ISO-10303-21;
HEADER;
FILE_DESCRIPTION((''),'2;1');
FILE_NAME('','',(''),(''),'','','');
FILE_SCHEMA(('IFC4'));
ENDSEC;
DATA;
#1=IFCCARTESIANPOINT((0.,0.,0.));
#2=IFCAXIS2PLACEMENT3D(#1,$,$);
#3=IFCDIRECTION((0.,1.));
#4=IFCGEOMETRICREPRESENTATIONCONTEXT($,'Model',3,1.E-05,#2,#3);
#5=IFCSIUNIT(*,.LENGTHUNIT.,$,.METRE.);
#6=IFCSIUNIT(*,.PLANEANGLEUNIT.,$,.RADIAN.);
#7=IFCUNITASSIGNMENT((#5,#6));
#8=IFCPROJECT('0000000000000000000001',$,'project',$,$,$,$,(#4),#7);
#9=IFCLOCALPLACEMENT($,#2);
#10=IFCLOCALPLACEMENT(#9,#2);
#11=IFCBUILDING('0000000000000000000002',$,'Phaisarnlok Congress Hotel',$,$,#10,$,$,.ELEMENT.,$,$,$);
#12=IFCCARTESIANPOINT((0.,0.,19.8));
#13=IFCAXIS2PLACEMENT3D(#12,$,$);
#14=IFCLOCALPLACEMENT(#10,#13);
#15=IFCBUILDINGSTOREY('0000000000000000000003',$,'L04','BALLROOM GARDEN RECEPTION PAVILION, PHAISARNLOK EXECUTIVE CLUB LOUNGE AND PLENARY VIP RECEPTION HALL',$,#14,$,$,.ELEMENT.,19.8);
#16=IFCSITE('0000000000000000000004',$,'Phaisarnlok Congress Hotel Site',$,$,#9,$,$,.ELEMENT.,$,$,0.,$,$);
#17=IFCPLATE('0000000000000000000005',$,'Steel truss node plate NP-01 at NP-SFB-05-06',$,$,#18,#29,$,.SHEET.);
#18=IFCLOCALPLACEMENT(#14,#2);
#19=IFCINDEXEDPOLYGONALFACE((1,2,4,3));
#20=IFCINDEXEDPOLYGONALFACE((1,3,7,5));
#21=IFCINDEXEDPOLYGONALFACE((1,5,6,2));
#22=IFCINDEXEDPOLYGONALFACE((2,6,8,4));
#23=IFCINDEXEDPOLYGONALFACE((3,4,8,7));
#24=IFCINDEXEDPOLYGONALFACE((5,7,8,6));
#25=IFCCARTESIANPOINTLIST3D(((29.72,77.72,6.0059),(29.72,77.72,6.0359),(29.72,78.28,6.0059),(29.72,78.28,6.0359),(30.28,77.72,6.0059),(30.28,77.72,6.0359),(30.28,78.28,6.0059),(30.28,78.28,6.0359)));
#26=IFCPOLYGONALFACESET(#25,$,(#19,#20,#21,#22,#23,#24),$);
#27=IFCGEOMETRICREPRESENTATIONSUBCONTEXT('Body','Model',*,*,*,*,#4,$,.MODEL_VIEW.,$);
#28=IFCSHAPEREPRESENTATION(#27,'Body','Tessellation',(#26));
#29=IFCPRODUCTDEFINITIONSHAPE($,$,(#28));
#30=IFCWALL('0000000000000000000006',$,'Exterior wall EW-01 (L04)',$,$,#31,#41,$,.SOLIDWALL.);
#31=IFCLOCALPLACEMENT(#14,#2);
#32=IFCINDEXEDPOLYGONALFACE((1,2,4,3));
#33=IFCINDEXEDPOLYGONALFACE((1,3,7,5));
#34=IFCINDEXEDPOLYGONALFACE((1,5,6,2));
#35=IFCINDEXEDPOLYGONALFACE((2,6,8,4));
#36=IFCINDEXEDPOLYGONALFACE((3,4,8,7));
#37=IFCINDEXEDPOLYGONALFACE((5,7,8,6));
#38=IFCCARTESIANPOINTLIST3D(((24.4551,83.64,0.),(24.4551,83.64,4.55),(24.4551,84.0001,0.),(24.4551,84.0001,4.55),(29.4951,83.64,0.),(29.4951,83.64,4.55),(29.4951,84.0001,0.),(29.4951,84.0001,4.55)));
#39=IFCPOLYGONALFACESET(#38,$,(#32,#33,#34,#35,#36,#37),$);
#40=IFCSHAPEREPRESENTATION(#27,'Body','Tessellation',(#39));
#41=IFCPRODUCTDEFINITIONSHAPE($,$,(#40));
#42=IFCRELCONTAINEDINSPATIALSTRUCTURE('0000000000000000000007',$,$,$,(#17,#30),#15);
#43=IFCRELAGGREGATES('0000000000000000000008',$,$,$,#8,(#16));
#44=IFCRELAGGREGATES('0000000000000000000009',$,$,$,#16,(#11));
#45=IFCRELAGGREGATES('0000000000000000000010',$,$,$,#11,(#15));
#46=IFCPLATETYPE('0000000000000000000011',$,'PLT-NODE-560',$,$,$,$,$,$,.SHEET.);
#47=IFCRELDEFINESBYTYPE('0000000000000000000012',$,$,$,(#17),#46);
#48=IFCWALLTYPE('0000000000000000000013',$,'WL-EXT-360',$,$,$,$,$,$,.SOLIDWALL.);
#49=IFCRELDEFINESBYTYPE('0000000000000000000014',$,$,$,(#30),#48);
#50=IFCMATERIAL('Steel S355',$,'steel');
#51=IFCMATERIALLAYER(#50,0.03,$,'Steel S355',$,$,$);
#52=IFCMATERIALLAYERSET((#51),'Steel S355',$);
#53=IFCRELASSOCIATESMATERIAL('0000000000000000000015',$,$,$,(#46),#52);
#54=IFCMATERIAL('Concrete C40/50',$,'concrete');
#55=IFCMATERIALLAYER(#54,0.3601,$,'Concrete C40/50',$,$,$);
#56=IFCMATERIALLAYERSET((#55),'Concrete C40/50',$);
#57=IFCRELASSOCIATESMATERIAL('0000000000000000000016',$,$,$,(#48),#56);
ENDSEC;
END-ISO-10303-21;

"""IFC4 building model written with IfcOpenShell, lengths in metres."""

from ifc_helpers import new_model, si_unit, direction, frame, frame_2d, origin, origin_2d, place, context, subcontext, project, spatial, rectangle, extrude, material, layer, layer_set, type_object, element, save


model = new_model("IFC4")

# Units and contexts
model_context = context("Model", 3, precision=1e-05, world=origin(), true_north=direction((0.0, 1.0)))
body_context = subcontext(model_context, "Body", "Model", "MODEL_VIEW")
ifc_project = project(units=[si_unit("LENGTHUNIT", "METRE"), si_unit("PLANEANGLEUNIT", "RADIAN")], contexts=[model_context])

# Site, building, storey
site_placement = place(None, origin())
site = spatial("IfcSite", under=ifc_project, at=site_placement, Name="Phaisarnlok Congress Hotel Site", CompositionType="ELEMENT", RefElevation=0.0)
building_placement = place(site_placement, origin())
building = spatial("IfcBuilding", under=site, at=building_placement, Name="Phaisarnlok Congress Hotel", CompositionType="ELEMENT")
storey_placement = place(building_placement, frame((0.0, 0.0, 19.8)))
storey = spatial("IfcBuildingStorey", under=building, at=storey_placement, Name="L04", Description="BALLROOM GARDEN RECEPTION PAVILION, PHAISARNLOK EXECUTIVE CLUB LOUNGE AND PLENARY VIP RECEPTION HALL", CompositionType="ELEMENT", Elevation=19.8)

# Shared definitions
ifc_material_1 = material(Name="Steel S355", Category="steel")

# Plate
ifc_layer_1 = layer(ifc_material_1, 0.03, Name="Steel S355")
ifc_layer_set_1 = layer_set([ifc_layer_1], Name="Steel S355")
plate_type_1 = type_object("IfcPlateType", Name="PLT-NODE-560", PredefinedType="SHEET", material=ifc_layer_set_1)
for number, where, z_axis, x_axis, name in (
    (1, (30.0, 78.0, 6.0059), (0.0, 0.0, 1.0), (1.0, 0.0, 0.0), "Steel truss node plate NP-01 at NP-SFB-05-06"),
):
    element("IfcPlate", number, at=place(storey_placement, frame(where, z_axis=z_axis, x_axis=x_axis)), inside=storey, type_object=plate_type_1, Name=name, PredefinedType="SHEET", context=body_context, shape_type="SweptSolid", body=[
        extrude(rectangle(XDim=0.5601, YDim=0.5601, at=origin_2d()), origin(), (0.0, 0.0, 1.0), 0.03),
    ])

# Wall
ifc_material_2 = material(Name="Concrete C40/50", Category="concrete")
ifc_layer_2 = layer(ifc_material_2, 0.3601, Name="Concrete C40/50")
ifc_layer_set_2 = layer_set([ifc_layer_2], Name="Concrete C40/50")
wall_type = type_object("IfcWallType", Name="WL-EXT-360", PredefinedType="SOLIDWALL", material=ifc_layer_set_2)
wall_placement = place(storey_placement, frame((29.4951, 83.8201, 0.0), z_axis=(0.0, 0.0, 1.0), x_axis=(-1.0, 0.0, 0.0)))
element("IfcWall", 2, at=wall_placement, inside=storey, type_object=wall_type, Name="Exterior wall EW-01 (L04)", PredefinedType="SOLIDWALL", context=body_context, shape_type="SweptSolid", body=[
    extrude(rectangle(XDim=5.04, YDim=0.3601, at=frame_2d((2.52, 0.0))), origin(), (0.0, 0.0, 1.0), 4.55),
])

save(model, "model.ifc")
